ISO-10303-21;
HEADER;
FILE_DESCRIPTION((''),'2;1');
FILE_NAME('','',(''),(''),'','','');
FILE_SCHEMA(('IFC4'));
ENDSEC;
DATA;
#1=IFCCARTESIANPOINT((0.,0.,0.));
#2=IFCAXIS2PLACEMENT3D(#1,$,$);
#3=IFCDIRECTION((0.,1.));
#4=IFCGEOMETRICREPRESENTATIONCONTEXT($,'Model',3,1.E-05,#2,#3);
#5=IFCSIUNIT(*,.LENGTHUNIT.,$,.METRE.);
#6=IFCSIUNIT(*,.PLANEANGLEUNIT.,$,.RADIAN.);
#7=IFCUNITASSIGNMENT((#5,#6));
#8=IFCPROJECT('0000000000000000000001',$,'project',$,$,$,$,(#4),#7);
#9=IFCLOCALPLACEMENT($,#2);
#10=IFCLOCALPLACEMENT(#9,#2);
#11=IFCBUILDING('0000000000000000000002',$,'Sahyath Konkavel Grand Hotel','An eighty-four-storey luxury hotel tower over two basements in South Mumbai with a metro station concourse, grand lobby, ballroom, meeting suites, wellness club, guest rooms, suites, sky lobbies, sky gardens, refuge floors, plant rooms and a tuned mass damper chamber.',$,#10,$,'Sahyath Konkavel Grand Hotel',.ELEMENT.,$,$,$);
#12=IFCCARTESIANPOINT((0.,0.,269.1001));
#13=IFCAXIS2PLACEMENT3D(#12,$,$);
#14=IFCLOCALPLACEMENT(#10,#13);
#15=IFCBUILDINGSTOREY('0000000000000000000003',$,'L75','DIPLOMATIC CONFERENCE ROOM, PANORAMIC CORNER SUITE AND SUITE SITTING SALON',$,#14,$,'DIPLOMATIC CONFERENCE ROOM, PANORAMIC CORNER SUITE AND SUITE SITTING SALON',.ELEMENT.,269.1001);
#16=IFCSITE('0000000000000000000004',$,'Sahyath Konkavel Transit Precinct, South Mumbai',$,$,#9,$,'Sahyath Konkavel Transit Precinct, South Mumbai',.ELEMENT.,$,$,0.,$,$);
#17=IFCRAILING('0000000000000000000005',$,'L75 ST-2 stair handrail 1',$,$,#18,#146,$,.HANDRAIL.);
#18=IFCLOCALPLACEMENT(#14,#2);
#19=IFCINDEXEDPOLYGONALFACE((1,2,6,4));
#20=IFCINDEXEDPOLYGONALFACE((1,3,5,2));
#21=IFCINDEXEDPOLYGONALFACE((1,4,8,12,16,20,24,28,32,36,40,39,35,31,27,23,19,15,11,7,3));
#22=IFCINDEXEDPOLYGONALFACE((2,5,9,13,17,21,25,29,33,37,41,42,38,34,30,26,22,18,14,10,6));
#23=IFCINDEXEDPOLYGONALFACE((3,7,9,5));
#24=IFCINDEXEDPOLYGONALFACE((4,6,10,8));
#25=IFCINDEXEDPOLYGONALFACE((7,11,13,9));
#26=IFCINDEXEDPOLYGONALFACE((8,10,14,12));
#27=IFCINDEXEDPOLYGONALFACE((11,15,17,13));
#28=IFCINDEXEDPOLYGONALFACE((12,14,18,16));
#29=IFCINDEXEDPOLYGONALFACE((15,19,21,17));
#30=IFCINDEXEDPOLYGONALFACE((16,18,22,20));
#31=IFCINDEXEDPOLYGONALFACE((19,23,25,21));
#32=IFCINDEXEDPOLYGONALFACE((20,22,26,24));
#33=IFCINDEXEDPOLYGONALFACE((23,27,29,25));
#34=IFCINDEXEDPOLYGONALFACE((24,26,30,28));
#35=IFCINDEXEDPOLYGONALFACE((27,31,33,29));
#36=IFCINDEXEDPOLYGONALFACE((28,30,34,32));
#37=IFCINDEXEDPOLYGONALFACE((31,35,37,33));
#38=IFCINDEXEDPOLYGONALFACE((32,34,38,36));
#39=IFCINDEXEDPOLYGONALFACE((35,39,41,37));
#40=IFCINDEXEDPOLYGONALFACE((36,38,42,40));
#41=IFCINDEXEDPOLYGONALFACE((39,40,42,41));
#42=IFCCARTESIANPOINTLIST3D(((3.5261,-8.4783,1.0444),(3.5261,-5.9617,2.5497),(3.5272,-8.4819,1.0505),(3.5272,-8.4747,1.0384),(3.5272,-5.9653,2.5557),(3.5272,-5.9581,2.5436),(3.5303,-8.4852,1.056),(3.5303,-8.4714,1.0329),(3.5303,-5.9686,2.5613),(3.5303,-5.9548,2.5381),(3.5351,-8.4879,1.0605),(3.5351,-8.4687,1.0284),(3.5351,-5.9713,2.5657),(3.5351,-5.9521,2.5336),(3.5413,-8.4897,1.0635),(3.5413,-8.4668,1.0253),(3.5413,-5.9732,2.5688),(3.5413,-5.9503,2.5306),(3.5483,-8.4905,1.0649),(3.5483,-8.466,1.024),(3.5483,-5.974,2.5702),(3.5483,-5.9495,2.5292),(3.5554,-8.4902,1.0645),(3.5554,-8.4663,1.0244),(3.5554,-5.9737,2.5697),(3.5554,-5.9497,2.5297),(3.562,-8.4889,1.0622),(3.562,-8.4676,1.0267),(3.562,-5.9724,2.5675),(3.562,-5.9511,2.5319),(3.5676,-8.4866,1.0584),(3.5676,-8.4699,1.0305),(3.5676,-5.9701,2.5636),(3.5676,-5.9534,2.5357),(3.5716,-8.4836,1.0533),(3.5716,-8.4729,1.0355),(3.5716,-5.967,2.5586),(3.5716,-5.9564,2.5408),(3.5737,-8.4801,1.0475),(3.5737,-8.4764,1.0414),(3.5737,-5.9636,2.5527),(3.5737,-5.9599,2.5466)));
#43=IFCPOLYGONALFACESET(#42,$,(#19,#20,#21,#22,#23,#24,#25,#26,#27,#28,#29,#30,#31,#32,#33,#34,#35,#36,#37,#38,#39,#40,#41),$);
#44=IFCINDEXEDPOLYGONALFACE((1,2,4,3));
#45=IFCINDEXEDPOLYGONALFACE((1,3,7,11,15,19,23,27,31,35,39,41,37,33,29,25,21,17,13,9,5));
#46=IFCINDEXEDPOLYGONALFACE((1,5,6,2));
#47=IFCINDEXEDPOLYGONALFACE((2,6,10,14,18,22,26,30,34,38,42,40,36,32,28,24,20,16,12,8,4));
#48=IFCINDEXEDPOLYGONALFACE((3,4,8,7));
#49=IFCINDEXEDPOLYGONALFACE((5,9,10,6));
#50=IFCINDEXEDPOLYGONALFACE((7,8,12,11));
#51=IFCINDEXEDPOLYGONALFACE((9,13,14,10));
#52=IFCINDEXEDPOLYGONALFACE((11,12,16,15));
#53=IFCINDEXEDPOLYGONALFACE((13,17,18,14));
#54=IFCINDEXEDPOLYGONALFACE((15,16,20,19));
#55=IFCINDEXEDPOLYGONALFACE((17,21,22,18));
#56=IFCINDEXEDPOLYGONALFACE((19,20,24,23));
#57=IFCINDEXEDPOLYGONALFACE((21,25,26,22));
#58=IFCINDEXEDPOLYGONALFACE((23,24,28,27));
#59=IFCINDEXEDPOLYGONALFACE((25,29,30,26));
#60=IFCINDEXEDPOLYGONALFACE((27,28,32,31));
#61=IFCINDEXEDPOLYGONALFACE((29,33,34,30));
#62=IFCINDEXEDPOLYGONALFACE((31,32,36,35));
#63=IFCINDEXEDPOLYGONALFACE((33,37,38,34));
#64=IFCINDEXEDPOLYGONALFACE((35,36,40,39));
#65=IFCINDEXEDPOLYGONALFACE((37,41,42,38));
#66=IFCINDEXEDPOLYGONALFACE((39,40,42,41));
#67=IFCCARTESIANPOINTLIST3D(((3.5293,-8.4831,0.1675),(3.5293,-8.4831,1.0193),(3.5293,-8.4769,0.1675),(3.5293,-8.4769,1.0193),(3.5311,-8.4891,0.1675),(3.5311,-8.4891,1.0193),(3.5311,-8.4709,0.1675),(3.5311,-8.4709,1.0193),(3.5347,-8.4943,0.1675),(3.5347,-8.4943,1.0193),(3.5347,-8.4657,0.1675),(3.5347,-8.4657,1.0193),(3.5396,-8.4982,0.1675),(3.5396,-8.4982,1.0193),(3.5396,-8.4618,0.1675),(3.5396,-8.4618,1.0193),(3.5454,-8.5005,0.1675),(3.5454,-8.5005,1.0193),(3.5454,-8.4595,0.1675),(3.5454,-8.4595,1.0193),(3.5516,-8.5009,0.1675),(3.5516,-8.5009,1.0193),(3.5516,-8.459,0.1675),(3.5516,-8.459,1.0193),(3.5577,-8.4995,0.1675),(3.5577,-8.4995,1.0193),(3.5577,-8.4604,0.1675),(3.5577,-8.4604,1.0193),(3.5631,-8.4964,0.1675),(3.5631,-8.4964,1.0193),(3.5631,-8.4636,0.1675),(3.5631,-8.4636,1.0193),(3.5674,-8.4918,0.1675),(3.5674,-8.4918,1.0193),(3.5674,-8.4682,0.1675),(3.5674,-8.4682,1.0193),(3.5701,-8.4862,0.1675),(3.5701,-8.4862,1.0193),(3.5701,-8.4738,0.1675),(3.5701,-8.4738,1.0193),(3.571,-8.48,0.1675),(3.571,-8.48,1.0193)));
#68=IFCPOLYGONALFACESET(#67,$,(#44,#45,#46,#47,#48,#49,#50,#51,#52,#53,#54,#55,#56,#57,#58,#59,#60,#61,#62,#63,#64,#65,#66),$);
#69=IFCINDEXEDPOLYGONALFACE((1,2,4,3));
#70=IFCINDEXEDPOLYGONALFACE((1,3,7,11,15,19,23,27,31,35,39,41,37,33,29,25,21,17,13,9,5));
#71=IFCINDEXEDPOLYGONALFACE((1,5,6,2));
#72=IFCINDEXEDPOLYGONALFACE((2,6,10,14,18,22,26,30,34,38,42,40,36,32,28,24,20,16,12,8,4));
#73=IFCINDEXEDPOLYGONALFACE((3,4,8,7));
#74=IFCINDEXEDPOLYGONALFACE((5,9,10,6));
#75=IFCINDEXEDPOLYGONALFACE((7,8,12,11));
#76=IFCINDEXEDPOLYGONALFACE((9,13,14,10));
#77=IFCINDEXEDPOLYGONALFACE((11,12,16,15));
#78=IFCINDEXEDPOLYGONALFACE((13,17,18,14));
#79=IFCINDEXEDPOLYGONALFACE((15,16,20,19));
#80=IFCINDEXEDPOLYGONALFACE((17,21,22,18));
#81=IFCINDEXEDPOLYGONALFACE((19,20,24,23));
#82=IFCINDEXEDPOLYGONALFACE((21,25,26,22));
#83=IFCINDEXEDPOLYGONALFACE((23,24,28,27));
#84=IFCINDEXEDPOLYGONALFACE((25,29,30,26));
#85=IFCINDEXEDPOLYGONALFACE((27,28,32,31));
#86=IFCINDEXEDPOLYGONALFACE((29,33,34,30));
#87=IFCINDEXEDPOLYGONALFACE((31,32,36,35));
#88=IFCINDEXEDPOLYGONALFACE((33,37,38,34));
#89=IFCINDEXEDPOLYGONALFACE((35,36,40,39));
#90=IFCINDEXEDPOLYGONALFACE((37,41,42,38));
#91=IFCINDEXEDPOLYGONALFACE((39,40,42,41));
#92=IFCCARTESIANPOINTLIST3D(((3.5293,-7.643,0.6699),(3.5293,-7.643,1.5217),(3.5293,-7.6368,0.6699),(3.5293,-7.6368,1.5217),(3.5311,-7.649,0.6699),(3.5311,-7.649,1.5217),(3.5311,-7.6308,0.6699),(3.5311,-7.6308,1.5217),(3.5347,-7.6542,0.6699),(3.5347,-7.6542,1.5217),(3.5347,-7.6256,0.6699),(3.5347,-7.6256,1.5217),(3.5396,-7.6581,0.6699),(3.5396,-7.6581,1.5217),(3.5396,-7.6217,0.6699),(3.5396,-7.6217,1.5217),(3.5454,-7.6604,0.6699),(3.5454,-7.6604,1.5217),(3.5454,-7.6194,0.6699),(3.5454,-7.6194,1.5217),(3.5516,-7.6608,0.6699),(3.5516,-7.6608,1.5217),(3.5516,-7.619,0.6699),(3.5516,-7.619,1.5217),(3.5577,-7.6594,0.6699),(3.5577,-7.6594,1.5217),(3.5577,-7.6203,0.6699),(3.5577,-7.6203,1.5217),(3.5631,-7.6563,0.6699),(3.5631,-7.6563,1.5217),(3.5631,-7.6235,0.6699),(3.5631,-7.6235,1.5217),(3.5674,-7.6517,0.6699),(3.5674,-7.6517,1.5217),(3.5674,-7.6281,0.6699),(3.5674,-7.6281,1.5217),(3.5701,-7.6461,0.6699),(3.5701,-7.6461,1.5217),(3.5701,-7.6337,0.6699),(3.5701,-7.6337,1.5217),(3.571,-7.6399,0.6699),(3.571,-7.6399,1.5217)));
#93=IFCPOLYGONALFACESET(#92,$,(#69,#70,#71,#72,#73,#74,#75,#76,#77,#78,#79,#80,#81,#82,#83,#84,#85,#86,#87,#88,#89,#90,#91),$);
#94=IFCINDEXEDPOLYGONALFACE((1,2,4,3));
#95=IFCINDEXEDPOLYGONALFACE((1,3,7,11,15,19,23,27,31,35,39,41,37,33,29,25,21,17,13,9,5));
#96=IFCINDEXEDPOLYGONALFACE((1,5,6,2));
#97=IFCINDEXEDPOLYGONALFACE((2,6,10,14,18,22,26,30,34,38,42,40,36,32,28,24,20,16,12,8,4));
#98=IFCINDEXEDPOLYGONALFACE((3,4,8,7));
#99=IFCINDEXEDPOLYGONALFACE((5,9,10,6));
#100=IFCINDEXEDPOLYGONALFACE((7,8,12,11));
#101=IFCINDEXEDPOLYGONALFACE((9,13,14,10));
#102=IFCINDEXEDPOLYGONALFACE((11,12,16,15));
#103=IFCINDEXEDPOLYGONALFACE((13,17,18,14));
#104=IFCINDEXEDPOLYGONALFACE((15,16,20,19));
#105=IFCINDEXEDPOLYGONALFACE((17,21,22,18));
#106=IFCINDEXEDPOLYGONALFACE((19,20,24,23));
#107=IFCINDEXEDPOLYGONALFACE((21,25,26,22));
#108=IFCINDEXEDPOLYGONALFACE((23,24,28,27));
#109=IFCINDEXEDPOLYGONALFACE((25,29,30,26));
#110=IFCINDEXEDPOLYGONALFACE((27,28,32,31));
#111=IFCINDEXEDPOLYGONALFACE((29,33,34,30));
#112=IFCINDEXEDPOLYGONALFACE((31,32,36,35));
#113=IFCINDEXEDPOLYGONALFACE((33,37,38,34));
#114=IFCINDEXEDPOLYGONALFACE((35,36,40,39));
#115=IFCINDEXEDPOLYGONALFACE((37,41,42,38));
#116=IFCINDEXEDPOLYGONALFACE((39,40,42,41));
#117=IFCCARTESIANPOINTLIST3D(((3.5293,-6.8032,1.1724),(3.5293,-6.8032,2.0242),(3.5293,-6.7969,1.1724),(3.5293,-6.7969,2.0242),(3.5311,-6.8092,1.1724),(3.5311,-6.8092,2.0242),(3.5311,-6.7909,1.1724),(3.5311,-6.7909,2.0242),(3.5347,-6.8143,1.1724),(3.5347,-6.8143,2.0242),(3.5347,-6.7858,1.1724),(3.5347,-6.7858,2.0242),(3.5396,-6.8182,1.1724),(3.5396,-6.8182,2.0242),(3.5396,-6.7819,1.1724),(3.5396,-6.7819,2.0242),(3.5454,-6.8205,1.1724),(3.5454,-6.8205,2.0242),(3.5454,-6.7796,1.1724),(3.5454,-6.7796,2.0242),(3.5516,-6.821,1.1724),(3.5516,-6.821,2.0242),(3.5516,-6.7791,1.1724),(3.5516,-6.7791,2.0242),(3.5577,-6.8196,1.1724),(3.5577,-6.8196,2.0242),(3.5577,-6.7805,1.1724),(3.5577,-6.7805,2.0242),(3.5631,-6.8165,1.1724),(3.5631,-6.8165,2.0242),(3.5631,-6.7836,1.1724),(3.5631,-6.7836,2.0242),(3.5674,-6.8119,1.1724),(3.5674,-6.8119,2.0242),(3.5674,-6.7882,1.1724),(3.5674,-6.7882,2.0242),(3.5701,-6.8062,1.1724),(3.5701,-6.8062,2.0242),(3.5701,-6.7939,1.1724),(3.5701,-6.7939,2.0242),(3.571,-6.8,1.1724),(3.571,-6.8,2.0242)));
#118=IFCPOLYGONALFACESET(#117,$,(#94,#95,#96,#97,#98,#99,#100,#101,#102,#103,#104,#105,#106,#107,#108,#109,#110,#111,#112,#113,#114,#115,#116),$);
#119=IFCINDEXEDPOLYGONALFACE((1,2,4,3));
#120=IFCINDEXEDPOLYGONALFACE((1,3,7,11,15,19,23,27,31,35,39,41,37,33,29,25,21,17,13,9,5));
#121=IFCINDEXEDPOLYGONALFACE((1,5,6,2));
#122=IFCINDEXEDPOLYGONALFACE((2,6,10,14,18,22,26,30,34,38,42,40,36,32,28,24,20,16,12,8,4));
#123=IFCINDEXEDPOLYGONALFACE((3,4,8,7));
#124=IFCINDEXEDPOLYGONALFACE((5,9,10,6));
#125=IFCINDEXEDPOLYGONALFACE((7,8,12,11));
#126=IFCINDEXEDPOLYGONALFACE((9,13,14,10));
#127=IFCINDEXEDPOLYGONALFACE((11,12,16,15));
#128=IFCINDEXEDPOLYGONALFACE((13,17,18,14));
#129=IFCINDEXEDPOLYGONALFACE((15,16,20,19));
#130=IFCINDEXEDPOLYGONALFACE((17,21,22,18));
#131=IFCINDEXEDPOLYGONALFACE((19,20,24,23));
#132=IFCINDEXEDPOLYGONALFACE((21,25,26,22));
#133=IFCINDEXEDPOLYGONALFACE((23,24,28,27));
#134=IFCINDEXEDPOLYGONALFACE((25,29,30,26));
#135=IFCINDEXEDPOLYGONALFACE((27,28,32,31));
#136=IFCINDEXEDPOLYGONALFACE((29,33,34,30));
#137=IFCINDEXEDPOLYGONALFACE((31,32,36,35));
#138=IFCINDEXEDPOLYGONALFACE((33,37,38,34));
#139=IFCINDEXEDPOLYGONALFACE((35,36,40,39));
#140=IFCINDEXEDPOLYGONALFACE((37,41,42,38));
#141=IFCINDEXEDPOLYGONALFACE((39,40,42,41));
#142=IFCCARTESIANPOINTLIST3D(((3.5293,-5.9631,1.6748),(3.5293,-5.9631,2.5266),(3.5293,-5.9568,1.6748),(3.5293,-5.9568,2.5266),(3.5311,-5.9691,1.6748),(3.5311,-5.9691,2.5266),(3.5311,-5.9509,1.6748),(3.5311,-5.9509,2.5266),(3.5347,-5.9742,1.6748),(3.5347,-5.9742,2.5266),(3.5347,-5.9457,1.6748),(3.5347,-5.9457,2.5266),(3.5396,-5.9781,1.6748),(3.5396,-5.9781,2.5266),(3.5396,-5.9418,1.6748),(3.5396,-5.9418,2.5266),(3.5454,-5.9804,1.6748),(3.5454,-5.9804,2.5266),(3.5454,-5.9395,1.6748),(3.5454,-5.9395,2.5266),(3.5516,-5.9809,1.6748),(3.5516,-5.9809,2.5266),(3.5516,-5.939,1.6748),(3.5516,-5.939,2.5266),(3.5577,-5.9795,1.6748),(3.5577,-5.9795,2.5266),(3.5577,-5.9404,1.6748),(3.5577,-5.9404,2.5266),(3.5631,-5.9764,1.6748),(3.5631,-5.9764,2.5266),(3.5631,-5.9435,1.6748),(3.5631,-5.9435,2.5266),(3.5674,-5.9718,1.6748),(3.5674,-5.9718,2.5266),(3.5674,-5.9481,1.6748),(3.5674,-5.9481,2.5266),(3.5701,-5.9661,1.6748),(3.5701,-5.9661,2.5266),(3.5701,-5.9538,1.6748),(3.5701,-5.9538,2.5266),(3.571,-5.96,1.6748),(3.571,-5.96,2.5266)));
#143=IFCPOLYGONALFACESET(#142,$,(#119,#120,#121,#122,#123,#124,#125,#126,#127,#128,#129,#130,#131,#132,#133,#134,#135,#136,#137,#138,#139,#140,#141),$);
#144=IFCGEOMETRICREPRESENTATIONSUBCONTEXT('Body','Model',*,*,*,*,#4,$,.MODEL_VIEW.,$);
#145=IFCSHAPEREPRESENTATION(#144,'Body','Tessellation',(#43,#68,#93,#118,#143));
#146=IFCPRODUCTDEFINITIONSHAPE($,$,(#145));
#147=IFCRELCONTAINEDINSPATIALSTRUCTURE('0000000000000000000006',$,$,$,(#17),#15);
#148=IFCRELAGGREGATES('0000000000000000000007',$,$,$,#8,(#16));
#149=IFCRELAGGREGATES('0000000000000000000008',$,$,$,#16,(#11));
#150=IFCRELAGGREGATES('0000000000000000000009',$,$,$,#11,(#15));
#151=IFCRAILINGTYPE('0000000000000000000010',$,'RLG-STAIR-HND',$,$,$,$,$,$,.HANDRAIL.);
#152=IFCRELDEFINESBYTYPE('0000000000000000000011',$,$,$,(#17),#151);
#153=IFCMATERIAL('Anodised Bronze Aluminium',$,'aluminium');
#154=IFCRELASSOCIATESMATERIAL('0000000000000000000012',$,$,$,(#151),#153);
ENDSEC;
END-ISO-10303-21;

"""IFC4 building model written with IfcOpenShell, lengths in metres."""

from ifc_helpers import new_model, si_unit, direction, frame, origin, origin_2d, place, context, subcontext, project, spatial, circle, extrude, material, type_object, element, save


model = new_model("IFC4")

# Units and contexts
model_context = context("Model", 3, precision=1e-05, world=origin(), true_north=direction((0.0, 1.0)))
body_context = subcontext(model_context, "Body", "Model", "MODEL_VIEW")
ifc_project = project(units=[si_unit("LENGTHUNIT", "METRE"), si_unit("PLANEANGLEUNIT", "RADIAN")], contexts=[model_context])

# Site, building, storey
site_placement = place(None, origin())
site = spatial("IfcSite", under=ifc_project, at=site_placement, Name="Sahyath Konkavel Transit Precinct, South Mumbai", LongName="Sahyath Konkavel Transit Precinct, South Mumbai", CompositionType="ELEMENT", RefElevation=0.0)
building_placement = place(site_placement, origin())
building = spatial("IfcBuilding", under=site, at=building_placement, Name="Sahyath Konkavel Grand Hotel", Description="An eighty-four-storey luxury hotel tower over two basements in South Mumbai with a metro station concourse, grand lobby, ballroom, meeting suites, wellness club, guest rooms, suites, sky lobbies, sky gardens, refuge floors, plant rooms and a tuned mass damper chamber.", LongName="Sahyath Konkavel Grand Hotel", CompositionType="ELEMENT")
storey_placement = place(building_placement, frame((0.0, 0.0, 269.1001)))
storey = spatial("IfcBuildingStorey", under=building, at=storey_placement, Name="L75", Description="DIPLOMATIC CONFERENCE ROOM, PANORAMIC CORNER SUITE AND SUITE SITTING SALON", LongName="DIPLOMATIC CONFERENCE ROOM, PANORAMIC CORNER SUITE AND SUITE SITTING SALON", CompositionType="ELEMENT", Elevation=269.1001)

# Railing
ifc_material_1 = material(Name="Anodised Bronze Aluminium", Category="aluminium")
railing_type_1 = type_object("IfcRailingType", Name="RLG-STAIR-HND", PredefinedType="HANDRAIL", material=ifc_material_1)
railing_1_placement = place(storey_placement, frame((3.55, -8.48, 0.1675)))
element("IfcRailing", 1, at=railing_1_placement, inside=storey, type_object=railing_type_1, Name="L75 ST-2 stair handrail 1", PredefinedType="HANDRAIL", context=body_context, shape_type="SweptSolid", body=[
    extrude(circle(Radius=0.0239, at=origin_2d()), frame((0.0, 0.0017, 0.877), z_axis=(0.0, 0.858196, 0.513321), x_axis=(-1.0, 0.0, 0.0)), (0.0, 0.0, 1.0), 2.9324),
    extrude(circle(Radius=0.021, at=origin_2d()), origin(), (0.0, 0.0, 1.0), 0.8518),
    extrude(circle(Radius=0.021, at=origin_2d()), frame((0.0, 0.8401, 0.5024)), (0.0, 0.0, 1.0), 0.8518),
    extrude(circle(Radius=0.021, at=origin_2d()), frame((0.0, 1.6799, 1.0049)), (0.0, 0.0, 1.0), 0.8518),
    extrude(circle(Radius=0.021, at=origin_2d()), frame((0.0, 2.52, 1.5073)), (0.0, 0.0, 1.0), 0.8518),
])

save(model, "model.ifc")
